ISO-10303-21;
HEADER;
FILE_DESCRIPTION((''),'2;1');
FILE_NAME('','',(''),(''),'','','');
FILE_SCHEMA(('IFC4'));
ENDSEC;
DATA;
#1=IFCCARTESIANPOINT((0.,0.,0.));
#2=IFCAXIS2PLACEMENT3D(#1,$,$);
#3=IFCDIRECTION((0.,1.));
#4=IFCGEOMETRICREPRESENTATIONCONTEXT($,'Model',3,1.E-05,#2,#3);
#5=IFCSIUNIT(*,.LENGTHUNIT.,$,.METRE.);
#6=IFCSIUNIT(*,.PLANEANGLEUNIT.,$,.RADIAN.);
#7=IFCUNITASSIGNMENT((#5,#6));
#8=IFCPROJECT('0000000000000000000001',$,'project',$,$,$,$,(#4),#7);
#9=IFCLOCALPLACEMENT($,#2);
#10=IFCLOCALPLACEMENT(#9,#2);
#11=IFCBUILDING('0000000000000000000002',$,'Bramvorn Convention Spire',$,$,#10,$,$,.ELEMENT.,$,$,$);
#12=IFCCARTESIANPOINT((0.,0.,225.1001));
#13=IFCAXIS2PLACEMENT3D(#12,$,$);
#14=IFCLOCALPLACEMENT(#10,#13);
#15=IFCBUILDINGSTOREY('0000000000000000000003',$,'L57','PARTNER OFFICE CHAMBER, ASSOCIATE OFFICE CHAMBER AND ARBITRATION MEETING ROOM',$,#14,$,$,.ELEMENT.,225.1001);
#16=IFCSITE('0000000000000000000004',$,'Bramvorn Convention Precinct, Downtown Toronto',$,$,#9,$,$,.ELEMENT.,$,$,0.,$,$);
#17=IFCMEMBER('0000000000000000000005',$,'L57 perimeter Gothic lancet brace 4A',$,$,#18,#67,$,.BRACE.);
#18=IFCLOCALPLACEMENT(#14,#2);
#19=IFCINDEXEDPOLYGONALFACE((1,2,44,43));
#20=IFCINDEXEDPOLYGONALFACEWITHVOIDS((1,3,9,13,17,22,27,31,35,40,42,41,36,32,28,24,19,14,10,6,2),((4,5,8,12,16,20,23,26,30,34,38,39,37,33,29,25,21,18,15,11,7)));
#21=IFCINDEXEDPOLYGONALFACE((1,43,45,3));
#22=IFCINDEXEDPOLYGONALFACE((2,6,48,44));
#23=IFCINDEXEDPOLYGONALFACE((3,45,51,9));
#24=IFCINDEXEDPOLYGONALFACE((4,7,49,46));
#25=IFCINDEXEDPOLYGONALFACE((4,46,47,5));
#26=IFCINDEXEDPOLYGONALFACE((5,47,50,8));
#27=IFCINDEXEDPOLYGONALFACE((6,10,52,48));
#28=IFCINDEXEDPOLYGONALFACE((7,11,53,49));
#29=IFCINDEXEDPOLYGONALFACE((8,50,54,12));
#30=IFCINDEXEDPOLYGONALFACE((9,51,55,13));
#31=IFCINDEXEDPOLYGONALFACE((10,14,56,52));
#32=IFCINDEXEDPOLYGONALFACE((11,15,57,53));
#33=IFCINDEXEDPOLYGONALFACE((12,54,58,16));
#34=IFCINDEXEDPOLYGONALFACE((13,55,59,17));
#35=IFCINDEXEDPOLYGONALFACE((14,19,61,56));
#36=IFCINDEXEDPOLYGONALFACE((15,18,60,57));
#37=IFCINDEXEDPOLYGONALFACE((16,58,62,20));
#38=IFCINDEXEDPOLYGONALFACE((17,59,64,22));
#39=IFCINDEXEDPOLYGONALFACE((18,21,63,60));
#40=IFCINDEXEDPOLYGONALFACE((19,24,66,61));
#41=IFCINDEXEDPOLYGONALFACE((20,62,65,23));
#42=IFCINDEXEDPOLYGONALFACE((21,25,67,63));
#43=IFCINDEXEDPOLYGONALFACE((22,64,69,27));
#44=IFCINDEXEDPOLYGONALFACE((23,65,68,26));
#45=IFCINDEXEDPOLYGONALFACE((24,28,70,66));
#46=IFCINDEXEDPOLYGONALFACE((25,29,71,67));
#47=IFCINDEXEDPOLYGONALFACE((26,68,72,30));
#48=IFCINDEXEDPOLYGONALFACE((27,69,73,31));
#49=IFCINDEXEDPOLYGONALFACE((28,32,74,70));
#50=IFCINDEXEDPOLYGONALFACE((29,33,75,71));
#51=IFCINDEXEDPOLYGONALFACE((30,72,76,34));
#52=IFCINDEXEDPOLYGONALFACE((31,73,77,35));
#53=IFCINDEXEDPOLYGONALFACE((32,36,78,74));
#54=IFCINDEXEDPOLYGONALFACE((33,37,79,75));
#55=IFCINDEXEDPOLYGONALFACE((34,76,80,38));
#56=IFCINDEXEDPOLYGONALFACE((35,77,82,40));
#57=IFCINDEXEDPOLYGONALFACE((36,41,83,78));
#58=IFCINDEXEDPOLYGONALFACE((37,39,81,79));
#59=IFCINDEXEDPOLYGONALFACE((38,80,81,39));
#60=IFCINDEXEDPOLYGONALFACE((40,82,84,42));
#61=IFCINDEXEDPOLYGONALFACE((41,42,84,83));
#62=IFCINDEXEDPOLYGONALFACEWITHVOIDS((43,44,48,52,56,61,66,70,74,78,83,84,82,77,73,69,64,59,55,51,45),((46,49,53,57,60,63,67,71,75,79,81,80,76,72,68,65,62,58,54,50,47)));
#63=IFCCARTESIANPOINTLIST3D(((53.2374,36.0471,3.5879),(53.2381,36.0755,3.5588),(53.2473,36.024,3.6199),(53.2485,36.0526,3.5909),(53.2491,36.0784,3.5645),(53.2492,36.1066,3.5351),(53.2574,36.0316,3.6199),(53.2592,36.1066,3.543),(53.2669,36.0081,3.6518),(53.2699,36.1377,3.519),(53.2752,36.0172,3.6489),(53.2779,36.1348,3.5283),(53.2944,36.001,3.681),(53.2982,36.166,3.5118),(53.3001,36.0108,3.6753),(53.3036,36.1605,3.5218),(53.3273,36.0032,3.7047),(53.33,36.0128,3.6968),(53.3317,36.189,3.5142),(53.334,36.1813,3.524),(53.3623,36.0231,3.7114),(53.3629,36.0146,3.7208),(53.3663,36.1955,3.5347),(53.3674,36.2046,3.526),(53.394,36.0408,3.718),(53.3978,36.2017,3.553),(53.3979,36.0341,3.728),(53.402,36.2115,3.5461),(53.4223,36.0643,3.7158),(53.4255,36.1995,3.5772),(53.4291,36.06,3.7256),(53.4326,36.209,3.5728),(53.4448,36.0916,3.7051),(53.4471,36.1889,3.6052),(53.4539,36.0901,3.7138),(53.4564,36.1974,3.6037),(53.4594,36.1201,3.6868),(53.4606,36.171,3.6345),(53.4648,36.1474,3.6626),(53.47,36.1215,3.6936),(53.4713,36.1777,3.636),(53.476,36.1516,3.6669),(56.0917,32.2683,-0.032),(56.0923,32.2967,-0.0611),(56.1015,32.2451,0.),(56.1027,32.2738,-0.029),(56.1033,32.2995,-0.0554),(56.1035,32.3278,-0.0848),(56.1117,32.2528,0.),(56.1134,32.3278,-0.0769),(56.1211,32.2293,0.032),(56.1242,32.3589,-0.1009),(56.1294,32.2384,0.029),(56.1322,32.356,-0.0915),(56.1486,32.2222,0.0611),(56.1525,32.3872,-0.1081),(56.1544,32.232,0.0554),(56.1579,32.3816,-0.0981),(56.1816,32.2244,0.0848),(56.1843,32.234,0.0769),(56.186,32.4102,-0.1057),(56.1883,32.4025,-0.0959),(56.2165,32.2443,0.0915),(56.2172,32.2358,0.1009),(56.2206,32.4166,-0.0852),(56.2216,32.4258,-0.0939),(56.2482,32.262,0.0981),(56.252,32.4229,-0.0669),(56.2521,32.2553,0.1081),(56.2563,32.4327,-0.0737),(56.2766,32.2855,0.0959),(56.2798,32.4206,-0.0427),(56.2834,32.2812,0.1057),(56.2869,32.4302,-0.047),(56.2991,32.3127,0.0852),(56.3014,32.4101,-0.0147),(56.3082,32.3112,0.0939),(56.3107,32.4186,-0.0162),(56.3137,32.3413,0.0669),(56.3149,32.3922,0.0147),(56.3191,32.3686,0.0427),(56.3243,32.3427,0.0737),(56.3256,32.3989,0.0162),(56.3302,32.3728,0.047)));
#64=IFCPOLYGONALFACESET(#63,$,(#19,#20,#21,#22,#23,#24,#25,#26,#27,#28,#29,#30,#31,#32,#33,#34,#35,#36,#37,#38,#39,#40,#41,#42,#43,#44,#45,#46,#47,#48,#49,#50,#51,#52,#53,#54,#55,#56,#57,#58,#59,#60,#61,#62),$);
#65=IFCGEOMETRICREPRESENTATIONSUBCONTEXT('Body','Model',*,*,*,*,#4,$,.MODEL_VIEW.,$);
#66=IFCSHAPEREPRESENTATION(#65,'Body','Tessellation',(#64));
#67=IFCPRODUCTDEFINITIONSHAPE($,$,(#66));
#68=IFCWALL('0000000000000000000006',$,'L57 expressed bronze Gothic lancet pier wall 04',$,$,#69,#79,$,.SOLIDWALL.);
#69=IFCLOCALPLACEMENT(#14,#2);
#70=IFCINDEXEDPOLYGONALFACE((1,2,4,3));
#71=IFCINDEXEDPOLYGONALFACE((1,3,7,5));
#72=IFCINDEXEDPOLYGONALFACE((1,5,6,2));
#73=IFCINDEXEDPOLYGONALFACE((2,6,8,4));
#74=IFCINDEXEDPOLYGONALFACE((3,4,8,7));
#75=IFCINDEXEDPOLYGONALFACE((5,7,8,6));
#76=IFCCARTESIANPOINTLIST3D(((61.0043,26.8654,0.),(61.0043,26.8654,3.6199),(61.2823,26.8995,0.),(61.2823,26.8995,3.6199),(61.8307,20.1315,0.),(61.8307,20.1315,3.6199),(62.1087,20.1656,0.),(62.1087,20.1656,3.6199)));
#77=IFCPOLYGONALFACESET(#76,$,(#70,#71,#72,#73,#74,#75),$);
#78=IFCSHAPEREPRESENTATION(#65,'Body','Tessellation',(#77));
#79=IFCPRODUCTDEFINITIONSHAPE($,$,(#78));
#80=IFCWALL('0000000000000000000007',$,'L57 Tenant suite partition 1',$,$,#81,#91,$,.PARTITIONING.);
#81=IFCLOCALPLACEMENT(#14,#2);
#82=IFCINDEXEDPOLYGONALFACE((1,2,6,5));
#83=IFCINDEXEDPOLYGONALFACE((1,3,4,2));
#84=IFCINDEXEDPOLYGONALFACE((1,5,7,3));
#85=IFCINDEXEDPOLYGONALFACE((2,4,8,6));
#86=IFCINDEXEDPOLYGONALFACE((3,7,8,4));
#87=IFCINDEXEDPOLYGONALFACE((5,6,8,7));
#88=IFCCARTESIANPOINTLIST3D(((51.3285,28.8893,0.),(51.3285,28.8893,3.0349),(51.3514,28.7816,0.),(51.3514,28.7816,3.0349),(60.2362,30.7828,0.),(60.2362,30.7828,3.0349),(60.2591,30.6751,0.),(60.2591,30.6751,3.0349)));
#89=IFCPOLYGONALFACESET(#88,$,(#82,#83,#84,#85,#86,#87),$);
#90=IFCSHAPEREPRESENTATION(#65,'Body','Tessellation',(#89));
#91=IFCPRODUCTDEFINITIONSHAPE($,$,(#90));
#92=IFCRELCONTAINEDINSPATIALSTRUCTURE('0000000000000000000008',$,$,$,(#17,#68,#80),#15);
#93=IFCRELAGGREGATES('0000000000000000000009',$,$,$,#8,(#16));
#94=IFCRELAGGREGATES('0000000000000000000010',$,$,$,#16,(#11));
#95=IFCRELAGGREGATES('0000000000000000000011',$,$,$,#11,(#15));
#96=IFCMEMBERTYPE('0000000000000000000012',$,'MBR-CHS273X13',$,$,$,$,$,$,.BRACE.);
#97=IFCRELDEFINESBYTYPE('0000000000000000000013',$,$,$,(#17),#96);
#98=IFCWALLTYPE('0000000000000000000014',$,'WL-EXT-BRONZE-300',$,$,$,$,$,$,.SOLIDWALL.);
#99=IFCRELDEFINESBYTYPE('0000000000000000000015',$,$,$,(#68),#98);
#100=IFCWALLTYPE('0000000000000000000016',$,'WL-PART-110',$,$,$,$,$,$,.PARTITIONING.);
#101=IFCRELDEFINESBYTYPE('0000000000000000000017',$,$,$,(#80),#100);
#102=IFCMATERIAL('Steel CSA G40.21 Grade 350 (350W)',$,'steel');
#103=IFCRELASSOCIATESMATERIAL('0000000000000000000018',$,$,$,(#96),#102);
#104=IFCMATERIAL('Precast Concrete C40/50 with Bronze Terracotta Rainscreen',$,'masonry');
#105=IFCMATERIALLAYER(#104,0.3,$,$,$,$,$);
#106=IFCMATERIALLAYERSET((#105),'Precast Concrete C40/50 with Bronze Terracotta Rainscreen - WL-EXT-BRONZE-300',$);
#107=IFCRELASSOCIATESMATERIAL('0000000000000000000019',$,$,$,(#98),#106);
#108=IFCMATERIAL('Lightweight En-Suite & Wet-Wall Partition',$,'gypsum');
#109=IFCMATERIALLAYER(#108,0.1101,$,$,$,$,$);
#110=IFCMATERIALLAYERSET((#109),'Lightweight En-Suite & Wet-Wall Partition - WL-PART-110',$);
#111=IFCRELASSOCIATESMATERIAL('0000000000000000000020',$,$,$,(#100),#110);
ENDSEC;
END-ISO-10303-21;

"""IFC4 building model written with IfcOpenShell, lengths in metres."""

from ifc_helpers import new_model, si_unit, direction, frame, frame_2d, origin, origin_2d, place, context, subcontext, project, spatial, rectangle, hollow_circle, extrude, material, layer, layer_set, material_profile, profile_set, type_object, element, save


model = new_model("IFC4")

# Units and contexts
model_context = context("Model", 3, precision=1e-05, world=origin(), true_north=direction((0.0, 1.0)))
body_context = subcontext(model_context, "Body", "Model", "MODEL_VIEW")
ifc_project = project(units=[si_unit("LENGTHUNIT", "METRE"), si_unit("PLANEANGLEUNIT", "RADIAN")], contexts=[model_context])

# Site, building, storey
site_placement = place(None, origin())
site = spatial("IfcSite", under=ifc_project, at=site_placement, Name="Bramvorn Convention Precinct, Downtown Toronto", CompositionType="ELEMENT", RefElevation=0.0)
building_placement = place(site_placement, origin())
building = spatial("IfcBuilding", under=site, at=building_placement, Name="Bramvorn Convention Spire", CompositionType="ELEMENT")
storey_placement = place(building_placement, frame((0.0, 0.0, 225.1001)))
storey = spatial("IfcBuildingStorey", under=building, at=storey_placement, Name="L57", Description="PARTNER OFFICE CHAMBER, ASSOCIATE OFFICE CHAMBER AND ARBITRATION MEETING ROOM", CompositionType="ELEMENT", Elevation=225.1001)

# Shared definitions
ifc_material_1 = material(Name="Steel CSA G40.21 Grade 350 (350W)", Category="steel")

# Member
ifc_material_profile_1 = material_profile(ifc_material_1, hollow_circle(Radius=0.1365, WallThickness=0.0127, at=origin_2d()))
ifc_profile_set_1 = profile_set([ifc_material_profile_1], Name="Steel CSA G40.21 Grade 350 (350W) - CHS273X13")
member_type = type_object("IfcMemberType", Name="MBR-CHS273X13", PredefinedType="BRACE", material=ifc_profile_set_1)
member_placement = place(storey_placement, frame((56.2104, 32.3274, 0.0), z_axis=(-0.478847, 0.633957, 0.607293), x_axis=(-0.797954, -0.602719, 0.0)))
element("IfcMember", 1, at=member_placement, inside=storey, type_object=member_type, Name="L57 perimeter Gothic lancet brace 4A", PredefinedType="BRACE", context=body_context, shape_type="SweptSolid", body=[
    extrude(hollow_circle(Radius=0.1365, WallThickness=0.0127, at=origin_2d()), origin(), (0.0, 0.0, 1.0), 5.9607),
])

# Walls
ifc_material_2 = material(Name="Precast Concrete C40/50 with Bronze Terracotta Rainscreen", Category="masonry")
ifc_layer_1 = layer(ifc_material_2, 0.3)
ifc_layer_set_1 = layer_set([ifc_layer_1], Name="Precast Concrete C40/50 with Bronze Terracotta Rainscreen - WL-EXT-BRONZE-300")
wall_type_1 = type_object("IfcWallType", Name="WL-EXT-BRONZE-300", PredefinedType="SOLIDWALL", material=ifc_layer_set_1)
wall_1_placement = place(storey_placement, frame((61.1433, 26.8823, 0.0), z_axis=(0.0, 0.0, 1.0), x_axis=(0.121811, -0.992553, 0.0)))
element("IfcWall", 2, at=wall_1_placement, inside=storey, type_object=wall_type_1, Name="L57 expressed bronze Gothic lancet pier wall 04", PredefinedType="SOLIDWALL", context=body_context, shape_type="SweptSolid", body=[
    extrude(rectangle(XDim=6.7844, YDim=0.28, at=frame_2d((3.3921, 0.0))), origin(), (0.0, 0.0, 1.0), 3.6199),
])
ifc_material_3 = material(Name="Lightweight En-Suite & Wet-Wall Partition", Category="gypsum")
ifc_layer_2 = layer(ifc_material_3, 0.1101)
ifc_layer_set_2 = layer_set([ifc_layer_2], Name="Lightweight En-Suite & Wet-Wall Partition - WL-PART-110")
wall_type_2 = type_object("IfcWallType", Name="WL-PART-110", PredefinedType="PARTITIONING", material=ifc_layer_set_2)
wall_2_placement = place(storey_placement, frame((51.3401, 28.8354, 0.0), z_axis=(0.0, 0.0, 1.0), x_axis=(0.978144, 0.207929, 0.0)))
element("IfcWall", 3, at=wall_2_placement, inside=storey, type_object=wall_type_2, Name="L57 Tenant suite partition 1", PredefinedType="PARTITIONING", context=body_context, shape_type="SweptSolid", body=[
    extrude(rectangle(XDim=9.1067, YDim=0.1101, at=frame_2d((4.5532, 0.0))), origin(), (0.0, 0.0, 1.0), 3.0349),
])

save(model, "model.ifc")
